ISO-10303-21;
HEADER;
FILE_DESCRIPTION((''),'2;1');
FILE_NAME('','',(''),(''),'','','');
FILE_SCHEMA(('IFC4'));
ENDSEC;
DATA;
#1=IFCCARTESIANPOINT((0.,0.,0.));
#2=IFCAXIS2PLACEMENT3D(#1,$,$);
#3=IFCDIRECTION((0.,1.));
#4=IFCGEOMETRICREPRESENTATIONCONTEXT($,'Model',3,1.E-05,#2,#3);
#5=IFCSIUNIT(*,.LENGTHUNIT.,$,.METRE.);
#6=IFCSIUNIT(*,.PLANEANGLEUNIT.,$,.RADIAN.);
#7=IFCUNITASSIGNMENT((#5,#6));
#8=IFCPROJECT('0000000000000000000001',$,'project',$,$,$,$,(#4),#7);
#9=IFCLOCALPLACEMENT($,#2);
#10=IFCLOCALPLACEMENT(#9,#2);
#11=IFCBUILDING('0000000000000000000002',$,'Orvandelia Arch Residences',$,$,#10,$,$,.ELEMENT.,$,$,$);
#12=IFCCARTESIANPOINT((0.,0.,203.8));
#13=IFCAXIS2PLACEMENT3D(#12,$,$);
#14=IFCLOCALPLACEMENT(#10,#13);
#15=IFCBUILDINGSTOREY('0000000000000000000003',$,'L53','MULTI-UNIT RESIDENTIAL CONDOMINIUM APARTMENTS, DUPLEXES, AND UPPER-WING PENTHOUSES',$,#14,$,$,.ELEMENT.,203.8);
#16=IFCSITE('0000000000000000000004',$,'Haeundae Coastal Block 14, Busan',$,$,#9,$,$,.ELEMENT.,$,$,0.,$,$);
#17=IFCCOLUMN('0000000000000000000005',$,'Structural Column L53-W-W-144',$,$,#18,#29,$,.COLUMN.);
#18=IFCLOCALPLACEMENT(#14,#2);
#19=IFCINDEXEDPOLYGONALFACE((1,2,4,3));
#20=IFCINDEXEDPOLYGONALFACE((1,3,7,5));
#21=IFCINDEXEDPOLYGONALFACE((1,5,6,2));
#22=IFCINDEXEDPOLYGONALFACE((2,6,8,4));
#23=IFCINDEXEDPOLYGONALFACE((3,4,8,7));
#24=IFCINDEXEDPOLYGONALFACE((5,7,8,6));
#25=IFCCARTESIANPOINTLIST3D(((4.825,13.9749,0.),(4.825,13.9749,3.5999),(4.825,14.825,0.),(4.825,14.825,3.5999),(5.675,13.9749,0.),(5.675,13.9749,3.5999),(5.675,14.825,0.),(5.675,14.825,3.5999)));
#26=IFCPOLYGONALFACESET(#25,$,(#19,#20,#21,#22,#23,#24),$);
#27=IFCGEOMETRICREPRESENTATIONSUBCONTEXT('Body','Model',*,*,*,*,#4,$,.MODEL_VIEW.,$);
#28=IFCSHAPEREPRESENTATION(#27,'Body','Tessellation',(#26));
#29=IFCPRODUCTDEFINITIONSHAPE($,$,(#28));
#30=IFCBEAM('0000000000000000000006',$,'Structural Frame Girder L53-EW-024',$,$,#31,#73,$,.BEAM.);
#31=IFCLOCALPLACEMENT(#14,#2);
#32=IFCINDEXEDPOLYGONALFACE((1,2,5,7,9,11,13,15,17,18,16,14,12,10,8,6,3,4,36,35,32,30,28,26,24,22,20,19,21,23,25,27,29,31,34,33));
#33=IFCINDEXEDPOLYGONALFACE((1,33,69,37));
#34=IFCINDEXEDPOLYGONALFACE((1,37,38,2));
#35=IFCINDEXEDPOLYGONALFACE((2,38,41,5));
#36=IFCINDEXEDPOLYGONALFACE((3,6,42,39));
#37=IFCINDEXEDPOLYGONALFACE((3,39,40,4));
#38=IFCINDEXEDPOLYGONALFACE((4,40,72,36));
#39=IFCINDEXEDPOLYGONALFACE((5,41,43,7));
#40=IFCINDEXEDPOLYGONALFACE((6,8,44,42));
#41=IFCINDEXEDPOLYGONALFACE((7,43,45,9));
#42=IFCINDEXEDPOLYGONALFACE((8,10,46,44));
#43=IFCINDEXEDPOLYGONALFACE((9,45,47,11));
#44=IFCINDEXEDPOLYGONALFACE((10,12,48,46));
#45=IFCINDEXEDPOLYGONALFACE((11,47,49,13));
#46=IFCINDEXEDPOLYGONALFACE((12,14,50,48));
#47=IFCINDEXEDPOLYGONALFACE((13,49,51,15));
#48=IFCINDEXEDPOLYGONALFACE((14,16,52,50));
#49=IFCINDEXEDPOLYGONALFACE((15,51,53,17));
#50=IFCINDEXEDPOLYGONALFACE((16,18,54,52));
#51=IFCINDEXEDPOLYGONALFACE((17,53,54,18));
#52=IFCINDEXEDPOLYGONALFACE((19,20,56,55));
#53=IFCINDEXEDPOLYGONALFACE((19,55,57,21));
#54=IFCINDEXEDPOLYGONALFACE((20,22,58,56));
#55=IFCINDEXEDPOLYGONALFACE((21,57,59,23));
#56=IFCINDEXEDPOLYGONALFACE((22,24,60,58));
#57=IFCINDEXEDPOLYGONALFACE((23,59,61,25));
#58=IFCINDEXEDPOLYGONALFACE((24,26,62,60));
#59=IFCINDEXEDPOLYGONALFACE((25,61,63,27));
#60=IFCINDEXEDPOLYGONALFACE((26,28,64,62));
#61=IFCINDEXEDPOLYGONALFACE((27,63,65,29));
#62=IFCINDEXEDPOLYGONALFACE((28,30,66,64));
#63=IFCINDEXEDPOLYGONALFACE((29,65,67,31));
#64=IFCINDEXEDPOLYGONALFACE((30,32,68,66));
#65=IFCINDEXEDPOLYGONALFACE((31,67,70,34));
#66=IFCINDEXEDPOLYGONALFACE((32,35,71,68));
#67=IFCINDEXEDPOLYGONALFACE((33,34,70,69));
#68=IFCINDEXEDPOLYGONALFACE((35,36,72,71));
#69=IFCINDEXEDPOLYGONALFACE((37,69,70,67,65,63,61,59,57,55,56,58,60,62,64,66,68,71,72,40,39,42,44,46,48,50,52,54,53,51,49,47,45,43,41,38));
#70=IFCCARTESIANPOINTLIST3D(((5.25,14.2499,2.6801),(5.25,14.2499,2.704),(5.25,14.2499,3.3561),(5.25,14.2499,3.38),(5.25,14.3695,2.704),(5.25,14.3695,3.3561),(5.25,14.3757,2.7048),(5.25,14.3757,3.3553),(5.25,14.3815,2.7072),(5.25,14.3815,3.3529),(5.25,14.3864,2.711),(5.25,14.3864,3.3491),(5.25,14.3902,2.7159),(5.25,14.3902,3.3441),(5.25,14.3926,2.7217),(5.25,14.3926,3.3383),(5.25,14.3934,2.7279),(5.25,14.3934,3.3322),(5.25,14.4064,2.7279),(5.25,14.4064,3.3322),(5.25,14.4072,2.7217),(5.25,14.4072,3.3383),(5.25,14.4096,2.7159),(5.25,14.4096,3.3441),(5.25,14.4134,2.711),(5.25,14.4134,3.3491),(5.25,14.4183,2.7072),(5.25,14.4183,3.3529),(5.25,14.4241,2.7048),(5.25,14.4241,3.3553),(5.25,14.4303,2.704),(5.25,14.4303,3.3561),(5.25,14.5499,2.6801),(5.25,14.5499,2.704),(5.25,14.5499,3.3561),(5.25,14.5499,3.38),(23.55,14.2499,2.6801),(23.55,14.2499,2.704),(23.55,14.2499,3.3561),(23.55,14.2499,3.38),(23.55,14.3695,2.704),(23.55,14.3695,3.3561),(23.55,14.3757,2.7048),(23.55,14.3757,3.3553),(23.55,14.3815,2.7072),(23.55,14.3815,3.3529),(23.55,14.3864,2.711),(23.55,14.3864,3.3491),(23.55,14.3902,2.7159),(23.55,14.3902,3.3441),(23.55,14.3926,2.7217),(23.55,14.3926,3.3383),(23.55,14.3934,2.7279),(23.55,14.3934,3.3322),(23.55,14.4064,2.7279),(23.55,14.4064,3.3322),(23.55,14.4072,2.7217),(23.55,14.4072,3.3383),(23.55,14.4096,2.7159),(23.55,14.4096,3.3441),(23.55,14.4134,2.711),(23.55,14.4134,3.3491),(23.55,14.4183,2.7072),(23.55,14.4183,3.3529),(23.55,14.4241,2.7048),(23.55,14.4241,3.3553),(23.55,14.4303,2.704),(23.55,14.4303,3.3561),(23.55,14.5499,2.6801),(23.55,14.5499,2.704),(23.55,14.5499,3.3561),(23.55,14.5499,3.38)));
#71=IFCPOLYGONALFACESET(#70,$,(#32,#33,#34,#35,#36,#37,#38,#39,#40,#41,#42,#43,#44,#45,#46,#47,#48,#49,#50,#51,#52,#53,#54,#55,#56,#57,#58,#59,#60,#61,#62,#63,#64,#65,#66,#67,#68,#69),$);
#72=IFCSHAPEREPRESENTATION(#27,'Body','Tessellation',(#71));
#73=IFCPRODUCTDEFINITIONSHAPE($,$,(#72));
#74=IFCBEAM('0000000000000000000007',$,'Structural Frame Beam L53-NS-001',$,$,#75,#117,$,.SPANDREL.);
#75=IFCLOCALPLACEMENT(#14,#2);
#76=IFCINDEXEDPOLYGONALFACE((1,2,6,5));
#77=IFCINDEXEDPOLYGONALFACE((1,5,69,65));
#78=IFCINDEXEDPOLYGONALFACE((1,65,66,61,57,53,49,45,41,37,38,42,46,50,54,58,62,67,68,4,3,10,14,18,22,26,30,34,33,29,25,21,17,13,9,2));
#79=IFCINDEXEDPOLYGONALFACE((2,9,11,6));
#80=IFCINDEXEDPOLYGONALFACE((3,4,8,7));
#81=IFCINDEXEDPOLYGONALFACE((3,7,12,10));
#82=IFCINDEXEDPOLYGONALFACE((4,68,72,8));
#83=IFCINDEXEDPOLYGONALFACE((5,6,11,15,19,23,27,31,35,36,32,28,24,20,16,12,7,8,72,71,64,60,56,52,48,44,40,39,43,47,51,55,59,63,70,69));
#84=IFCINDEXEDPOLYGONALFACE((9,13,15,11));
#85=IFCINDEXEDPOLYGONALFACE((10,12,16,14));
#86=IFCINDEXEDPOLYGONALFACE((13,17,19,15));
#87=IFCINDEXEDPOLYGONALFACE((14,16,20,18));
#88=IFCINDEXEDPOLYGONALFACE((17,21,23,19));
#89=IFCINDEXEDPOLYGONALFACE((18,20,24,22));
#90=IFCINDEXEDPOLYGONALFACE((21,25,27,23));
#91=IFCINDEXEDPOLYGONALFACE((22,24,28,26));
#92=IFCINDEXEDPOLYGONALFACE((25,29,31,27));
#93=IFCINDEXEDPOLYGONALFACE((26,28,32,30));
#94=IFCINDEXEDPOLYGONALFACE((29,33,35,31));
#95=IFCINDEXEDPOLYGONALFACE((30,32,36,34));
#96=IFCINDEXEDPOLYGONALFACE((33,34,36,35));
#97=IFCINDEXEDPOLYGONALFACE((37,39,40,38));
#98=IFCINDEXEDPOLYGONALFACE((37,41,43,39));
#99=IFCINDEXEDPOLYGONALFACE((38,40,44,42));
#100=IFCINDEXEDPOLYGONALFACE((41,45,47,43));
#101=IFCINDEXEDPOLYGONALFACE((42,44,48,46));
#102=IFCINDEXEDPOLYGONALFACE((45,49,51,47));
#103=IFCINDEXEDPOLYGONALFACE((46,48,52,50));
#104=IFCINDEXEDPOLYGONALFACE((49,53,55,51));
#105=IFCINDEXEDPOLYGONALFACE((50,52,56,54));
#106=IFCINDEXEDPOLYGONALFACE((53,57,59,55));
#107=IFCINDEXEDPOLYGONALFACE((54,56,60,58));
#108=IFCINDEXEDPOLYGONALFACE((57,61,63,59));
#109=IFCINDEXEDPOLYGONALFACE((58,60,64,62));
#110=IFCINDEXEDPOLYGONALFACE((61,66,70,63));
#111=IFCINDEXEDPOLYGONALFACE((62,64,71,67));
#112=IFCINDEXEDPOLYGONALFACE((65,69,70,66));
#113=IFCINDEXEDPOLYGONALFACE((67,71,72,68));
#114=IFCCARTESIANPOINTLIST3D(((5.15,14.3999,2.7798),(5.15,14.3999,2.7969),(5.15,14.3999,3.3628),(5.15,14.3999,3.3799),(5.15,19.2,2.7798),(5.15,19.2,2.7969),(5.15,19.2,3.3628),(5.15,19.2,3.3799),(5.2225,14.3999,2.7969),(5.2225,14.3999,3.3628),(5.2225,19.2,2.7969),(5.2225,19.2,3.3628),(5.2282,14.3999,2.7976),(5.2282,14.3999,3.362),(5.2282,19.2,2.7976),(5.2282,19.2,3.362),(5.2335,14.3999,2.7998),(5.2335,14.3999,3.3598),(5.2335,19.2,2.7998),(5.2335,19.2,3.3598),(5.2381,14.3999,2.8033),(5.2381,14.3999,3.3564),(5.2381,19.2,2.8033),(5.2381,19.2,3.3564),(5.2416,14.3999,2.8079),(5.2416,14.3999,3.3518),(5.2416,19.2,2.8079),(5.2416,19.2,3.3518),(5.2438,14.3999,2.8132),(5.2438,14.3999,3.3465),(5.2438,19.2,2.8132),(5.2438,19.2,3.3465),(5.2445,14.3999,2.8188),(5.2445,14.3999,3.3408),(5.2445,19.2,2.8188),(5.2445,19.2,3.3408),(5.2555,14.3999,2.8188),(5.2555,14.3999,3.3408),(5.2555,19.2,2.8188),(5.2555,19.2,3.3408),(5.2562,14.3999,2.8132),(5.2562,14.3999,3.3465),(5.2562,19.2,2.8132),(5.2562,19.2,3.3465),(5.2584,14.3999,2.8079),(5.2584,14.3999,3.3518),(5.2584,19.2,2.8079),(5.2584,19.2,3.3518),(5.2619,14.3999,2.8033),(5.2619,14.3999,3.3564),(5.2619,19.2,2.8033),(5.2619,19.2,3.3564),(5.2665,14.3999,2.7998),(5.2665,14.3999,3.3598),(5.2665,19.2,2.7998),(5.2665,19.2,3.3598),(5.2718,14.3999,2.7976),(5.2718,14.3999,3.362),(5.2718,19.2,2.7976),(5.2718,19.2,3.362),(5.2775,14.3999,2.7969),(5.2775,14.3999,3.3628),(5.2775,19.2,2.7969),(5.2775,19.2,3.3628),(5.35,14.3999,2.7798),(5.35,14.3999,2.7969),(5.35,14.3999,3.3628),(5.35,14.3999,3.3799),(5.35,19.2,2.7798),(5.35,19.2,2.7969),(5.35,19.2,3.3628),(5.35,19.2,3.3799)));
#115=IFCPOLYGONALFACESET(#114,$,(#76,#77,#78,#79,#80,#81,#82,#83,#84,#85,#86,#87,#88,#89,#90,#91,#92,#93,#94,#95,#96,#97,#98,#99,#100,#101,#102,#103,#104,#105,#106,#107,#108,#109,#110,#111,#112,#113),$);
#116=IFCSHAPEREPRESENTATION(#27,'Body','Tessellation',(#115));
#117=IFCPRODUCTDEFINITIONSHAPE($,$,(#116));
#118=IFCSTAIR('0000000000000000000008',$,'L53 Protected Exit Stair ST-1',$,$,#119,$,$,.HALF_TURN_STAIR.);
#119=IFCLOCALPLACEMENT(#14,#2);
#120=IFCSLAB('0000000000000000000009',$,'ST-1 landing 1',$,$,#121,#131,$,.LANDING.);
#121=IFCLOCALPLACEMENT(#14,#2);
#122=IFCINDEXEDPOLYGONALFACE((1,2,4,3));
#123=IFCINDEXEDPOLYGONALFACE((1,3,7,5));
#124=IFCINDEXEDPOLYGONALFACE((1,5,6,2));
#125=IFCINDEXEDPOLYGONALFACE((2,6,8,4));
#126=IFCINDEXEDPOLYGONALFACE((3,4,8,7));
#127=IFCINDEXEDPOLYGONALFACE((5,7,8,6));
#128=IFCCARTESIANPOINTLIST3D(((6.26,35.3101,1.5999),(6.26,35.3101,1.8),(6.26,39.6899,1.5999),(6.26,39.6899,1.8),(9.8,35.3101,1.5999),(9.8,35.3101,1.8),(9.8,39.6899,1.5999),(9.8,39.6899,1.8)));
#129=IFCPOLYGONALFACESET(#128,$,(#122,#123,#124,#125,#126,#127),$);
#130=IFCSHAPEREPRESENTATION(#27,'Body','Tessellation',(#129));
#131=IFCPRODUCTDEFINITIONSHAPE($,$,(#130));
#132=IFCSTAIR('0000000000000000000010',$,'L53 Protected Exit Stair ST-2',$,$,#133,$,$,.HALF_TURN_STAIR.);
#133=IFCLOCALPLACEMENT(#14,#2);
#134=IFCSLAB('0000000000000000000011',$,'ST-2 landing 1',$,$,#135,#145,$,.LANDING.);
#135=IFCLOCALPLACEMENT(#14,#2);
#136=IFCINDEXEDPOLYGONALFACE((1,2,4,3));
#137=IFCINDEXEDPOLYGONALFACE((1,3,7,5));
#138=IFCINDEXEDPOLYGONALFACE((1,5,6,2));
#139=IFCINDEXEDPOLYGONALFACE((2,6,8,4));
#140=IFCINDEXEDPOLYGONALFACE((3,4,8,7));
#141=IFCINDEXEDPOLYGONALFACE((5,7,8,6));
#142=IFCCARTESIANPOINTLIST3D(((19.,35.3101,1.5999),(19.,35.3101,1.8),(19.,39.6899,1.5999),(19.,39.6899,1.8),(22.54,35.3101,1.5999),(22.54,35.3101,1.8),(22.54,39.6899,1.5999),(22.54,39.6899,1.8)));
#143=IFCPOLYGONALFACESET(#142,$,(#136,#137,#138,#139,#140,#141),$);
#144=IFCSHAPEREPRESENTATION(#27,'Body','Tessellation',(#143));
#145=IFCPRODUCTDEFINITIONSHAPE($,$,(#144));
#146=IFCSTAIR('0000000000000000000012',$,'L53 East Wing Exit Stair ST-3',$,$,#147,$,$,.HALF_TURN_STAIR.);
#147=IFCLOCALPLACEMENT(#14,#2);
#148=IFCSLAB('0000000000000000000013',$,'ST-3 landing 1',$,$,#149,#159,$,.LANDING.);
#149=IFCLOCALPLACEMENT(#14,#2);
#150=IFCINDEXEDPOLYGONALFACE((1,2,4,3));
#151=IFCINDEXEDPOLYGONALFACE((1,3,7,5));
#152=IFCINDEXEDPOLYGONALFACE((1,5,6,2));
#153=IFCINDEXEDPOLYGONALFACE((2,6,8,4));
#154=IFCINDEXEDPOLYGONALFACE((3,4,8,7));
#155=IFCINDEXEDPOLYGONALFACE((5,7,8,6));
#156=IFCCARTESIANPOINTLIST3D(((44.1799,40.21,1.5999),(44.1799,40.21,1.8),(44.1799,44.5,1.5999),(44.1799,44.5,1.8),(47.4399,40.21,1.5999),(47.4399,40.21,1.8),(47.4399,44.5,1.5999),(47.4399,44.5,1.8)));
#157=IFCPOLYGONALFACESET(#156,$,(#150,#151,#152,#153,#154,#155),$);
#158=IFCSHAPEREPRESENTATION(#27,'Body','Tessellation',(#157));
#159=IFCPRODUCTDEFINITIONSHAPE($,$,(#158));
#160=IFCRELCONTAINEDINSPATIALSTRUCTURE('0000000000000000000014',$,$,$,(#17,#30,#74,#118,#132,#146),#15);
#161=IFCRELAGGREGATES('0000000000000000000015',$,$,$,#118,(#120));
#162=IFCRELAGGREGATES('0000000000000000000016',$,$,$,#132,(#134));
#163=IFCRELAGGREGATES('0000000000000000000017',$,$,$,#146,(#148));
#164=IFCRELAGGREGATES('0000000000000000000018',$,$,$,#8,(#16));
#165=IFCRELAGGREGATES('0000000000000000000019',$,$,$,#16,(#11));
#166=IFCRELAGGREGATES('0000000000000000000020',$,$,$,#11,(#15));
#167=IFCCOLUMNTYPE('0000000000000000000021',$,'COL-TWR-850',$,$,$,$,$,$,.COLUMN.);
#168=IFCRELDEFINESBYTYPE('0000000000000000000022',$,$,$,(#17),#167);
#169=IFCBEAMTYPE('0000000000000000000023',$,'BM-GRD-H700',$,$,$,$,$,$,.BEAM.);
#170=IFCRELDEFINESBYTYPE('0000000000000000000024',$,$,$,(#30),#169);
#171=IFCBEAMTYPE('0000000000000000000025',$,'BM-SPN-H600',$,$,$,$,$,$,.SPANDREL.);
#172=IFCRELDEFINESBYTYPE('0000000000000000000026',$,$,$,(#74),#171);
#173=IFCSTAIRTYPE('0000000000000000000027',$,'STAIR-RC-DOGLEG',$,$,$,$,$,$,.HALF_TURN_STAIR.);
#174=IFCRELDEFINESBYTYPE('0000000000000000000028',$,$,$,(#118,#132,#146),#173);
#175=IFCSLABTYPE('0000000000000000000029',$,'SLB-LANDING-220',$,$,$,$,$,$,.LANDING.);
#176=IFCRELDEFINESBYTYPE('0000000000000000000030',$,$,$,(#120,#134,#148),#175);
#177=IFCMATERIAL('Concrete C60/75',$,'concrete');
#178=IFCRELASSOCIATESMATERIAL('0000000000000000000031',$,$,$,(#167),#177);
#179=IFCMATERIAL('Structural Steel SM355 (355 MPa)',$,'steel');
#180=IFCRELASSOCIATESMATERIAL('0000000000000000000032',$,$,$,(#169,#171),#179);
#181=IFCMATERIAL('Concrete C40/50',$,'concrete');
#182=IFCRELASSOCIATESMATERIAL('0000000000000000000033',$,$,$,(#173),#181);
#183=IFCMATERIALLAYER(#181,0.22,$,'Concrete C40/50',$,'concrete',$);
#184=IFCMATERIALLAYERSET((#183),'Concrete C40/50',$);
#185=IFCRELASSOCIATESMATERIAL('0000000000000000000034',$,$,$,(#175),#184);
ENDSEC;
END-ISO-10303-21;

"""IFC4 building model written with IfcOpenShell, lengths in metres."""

from ifc_helpers import new_model, si_unit, direction, frame, origin, origin_2d, place, context, subcontext, project, spatial, polyline, rectangle, i_section, outline, extrude, material, layer, layer_set, material_profile, profile_set, type_object, element, aggregate, save


model = new_model("IFC4")

# Units and contexts
model_context = context("Model", 3, precision=1e-05, world=origin(), true_north=direction((0.0, 1.0)))
body_context = subcontext(model_context, "Body", "Model", "MODEL_VIEW")
ifc_project = project(units=[si_unit("LENGTHUNIT", "METRE"), si_unit("PLANEANGLEUNIT", "RADIAN")], contexts=[model_context])

# Site, building, storey
site_placement = place(None, origin())
site = spatial("IfcSite", under=ifc_project, at=site_placement, Name="Haeundae Coastal Block 14, Busan", CompositionType="ELEMENT", RefElevation=0.0)
building_placement = place(site_placement, origin())
building = spatial("IfcBuilding", under=site, at=building_placement, Name="Orvandelia Arch Residences", CompositionType="ELEMENT")
storey_placement = place(building_placement, frame((0.0, 0.0, 203.8)))
storey = spatial("IfcBuildingStorey", under=building, at=storey_placement, Name="L53", Description="MULTI-UNIT RESIDENTIAL CONDOMINIUM APARTMENTS, DUPLEXES, AND UPPER-WING PENTHOUSES", CompositionType="ELEMENT", Elevation=203.8)

# Column
ifc_material_1 = material(Name="Concrete C60/75", Category="concrete")
ifc_material_profile_1 = material_profile(ifc_material_1, rectangle(XDim=0.8501, YDim=0.8501, at=origin_2d()), Name="Concrete C60/75", Category="concrete")
ifc_profile_set_1 = profile_set([ifc_material_profile_1], Name="Concrete C60/75")
column_type = type_object("IfcColumnType", Name="COL-TWR-850", PredefinedType="COLUMN", material=ifc_profile_set_1)
column_placement = place(storey_placement, frame((5.25, 14.3999, 0.0), z_axis=(0.0, 0.0, 1.0), x_axis=(1.0, 0.0, 0.0)))
element("IfcColumn", 1, at=column_placement, inside=storey, type_object=column_type, Name="Structural Column L53-W-W-144", PredefinedType="COLUMN", context=body_context, shape_type="SweptSolid", body=[
    extrude(rectangle(XDim=0.8501, YDim=0.8501, at=origin_2d()), origin(), (0.0, 0.0, 1.0), 3.5999),
])

# Beams
ifc_material_2 = material(Name="Structural Steel SM355 (355 MPa)", Category="steel")
ifc_material_profile_2 = material_profile(ifc_material_2, i_section(OverallWidth=0.3, OverallDepth=0.7, WebThickness=0.0129, FlangeThickness=0.0239, FilletRadius=0.0239, at=origin_2d()), Name="Structural Steel SM355 (355 MPa)", Category="steel")
ifc_profile_set_2 = profile_set([ifc_material_profile_2], Name="Structural Steel SM355 (355 MPa)")
beam_type_1 = type_object("IfcBeamType", Name="BM-GRD-H700", PredefinedType="BEAM", material=ifc_profile_set_2)
beam_1_placement = place(storey_placement, frame((5.25, 14.3999, 3.03), z_axis=(1.0, 0.0, 0.0), x_axis=(0.0, 1.0, 0.0)))
element("IfcBeam", 2, at=beam_1_placement, inside=storey, type_object=beam_type_1, Name="Structural Frame Girder L53-EW-024", PredefinedType="BEAM", context=body_context, shape_type="SweptSolid", body=[
    extrude(i_section(OverallWidth=0.3, OverallDepth=0.7, WebThickness=0.0129, FlangeThickness=0.0239, FilletRadius=0.0239, at=origin_2d()), origin(), (0.0, 0.0, 1.0), 18.3),
])
ifc_material_profile_3 = material_profile(ifc_material_2, i_section(OverallWidth=0.2, OverallDepth=0.6001, WebThickness=0.011, FlangeThickness=0.0171, FilletRadius=0.022, at=origin_2d()), Name="Structural Steel SM355 (355 MPa)", Category="steel")
ifc_profile_set_3 = profile_set([ifc_material_profile_3], Name="Structural Steel SM355 (355 MPa)")
beam_type_2 = type_object("IfcBeamType", Name="BM-SPN-H600", PredefinedType="SPANDREL", material=ifc_profile_set_3)
beam_2_placement = place(storey_placement, frame((5.25, 14.3999, 3.0798), z_axis=(0.0, 1.0, 0.0), x_axis=(-1.0, 0.0, 0.0)))
element("IfcBeam", 3, at=beam_2_placement, inside=storey, type_object=beam_type_2, Name="Structural Frame Beam L53-NS-001", PredefinedType="SPANDREL", context=body_context, shape_type="SweptSolid", body=[
    extrude(i_section(OverallWidth=0.2, OverallDepth=0.6001, WebThickness=0.011, FlangeThickness=0.0171, FilletRadius=0.022, at=origin_2d()), origin(), (0.0, 0.0, 1.0), 4.8),
])

# Stairs, slabs
ifc_material_3 = material(Name="Concrete C40/50", Category="concrete")
stair_type = type_object("IfcStairType", Name="STAIR-RC-DOGLEG", PredefinedType="HALF_TURN_STAIR", material=ifc_material_3)
stair_1_placement = place(storey_placement, origin())
stair_1 = element("IfcStair", 4, at=stair_1_placement, inside=storey, type_object=stair_type, Name="L53 Protected Exit Stair ST-1", PredefinedType="HALF_TURN_STAIR")
ifc_layer_1 = layer(ifc_material_3, 0.22, Name="Concrete C40/50", Category="concrete")
ifc_layer_set_1 = layer_set([ifc_layer_1], Name="Concrete C40/50")
slab_type_1 = type_object("IfcSlabType", Name="SLB-LANDING-220", PredefinedType="LANDING", material=ifc_layer_set_1)
slab_1_placement = place(storey_placement, frame((0.0, 0.0, 1.5999)))
slab_1 = element("IfcSlab", 5, at=slab_1_placement, type_object=slab_type_1, Name="ST-1 landing 1", PredefinedType="LANDING", context=body_context, shape_type="SweptSolid", body=[
    extrude(outline(polyline([(9.8, 35.3101), (9.8, 39.6899), (6.26, 39.6899), (6.26, 35.3101), (9.8, 35.3101)])), origin(), (0.0, 0.0, 1.0), 0.2002),
])
aggregate(stair_1, [slab_1])
stair_2_placement = place(storey_placement, origin())
stair_2 = element("IfcStair", 6, at=stair_2_placement, inside=storey, type_object=stair_type, Name="L53 Protected Exit Stair ST-2", PredefinedType="HALF_TURN_STAIR")
slab_2_placement = place(storey_placement, frame((0.0, 0.0, 1.5999)))
slab_2 = element("IfcSlab", 7, at=slab_2_placement, type_object=slab_type_1, Name="ST-2 landing 1", PredefinedType="LANDING", context=body_context, shape_type="SweptSolid", body=[
    extrude(outline(polyline([(22.54, 35.3101), (22.54, 39.6899), (19.0, 39.6899), (19.0, 35.3101), (22.54, 35.3101)])), origin(), (0.0, 0.0, 1.0), 0.2002),
])
aggregate(stair_2, [slab_2])
stair_3_placement = place(storey_placement, origin())
stair_3 = element("IfcStair", 8, at=stair_3_placement, inside=storey, type_object=stair_type, Name="L53 East Wing Exit Stair ST-3", PredefinedType="HALF_TURN_STAIR")
slab_3_placement = place(storey_placement, frame((0.0, 0.0, 1.5999)))
slab_3 = element("IfcSlab", 9, at=slab_3_placement, type_object=slab_type_1, Name="ST-3 landing 1", PredefinedType="LANDING", context=body_context, shape_type="SweptSolid", body=[
    extrude(outline(polyline([(47.4399, 40.21), (47.4399, 44.5), (44.1799, 44.5), (44.1799, 40.21), (47.4399, 40.21)])), origin(), (0.0, 0.0, 1.0), 0.2002),
])
aggregate(stair_3, [slab_3])

save(model, "model.ifc")
